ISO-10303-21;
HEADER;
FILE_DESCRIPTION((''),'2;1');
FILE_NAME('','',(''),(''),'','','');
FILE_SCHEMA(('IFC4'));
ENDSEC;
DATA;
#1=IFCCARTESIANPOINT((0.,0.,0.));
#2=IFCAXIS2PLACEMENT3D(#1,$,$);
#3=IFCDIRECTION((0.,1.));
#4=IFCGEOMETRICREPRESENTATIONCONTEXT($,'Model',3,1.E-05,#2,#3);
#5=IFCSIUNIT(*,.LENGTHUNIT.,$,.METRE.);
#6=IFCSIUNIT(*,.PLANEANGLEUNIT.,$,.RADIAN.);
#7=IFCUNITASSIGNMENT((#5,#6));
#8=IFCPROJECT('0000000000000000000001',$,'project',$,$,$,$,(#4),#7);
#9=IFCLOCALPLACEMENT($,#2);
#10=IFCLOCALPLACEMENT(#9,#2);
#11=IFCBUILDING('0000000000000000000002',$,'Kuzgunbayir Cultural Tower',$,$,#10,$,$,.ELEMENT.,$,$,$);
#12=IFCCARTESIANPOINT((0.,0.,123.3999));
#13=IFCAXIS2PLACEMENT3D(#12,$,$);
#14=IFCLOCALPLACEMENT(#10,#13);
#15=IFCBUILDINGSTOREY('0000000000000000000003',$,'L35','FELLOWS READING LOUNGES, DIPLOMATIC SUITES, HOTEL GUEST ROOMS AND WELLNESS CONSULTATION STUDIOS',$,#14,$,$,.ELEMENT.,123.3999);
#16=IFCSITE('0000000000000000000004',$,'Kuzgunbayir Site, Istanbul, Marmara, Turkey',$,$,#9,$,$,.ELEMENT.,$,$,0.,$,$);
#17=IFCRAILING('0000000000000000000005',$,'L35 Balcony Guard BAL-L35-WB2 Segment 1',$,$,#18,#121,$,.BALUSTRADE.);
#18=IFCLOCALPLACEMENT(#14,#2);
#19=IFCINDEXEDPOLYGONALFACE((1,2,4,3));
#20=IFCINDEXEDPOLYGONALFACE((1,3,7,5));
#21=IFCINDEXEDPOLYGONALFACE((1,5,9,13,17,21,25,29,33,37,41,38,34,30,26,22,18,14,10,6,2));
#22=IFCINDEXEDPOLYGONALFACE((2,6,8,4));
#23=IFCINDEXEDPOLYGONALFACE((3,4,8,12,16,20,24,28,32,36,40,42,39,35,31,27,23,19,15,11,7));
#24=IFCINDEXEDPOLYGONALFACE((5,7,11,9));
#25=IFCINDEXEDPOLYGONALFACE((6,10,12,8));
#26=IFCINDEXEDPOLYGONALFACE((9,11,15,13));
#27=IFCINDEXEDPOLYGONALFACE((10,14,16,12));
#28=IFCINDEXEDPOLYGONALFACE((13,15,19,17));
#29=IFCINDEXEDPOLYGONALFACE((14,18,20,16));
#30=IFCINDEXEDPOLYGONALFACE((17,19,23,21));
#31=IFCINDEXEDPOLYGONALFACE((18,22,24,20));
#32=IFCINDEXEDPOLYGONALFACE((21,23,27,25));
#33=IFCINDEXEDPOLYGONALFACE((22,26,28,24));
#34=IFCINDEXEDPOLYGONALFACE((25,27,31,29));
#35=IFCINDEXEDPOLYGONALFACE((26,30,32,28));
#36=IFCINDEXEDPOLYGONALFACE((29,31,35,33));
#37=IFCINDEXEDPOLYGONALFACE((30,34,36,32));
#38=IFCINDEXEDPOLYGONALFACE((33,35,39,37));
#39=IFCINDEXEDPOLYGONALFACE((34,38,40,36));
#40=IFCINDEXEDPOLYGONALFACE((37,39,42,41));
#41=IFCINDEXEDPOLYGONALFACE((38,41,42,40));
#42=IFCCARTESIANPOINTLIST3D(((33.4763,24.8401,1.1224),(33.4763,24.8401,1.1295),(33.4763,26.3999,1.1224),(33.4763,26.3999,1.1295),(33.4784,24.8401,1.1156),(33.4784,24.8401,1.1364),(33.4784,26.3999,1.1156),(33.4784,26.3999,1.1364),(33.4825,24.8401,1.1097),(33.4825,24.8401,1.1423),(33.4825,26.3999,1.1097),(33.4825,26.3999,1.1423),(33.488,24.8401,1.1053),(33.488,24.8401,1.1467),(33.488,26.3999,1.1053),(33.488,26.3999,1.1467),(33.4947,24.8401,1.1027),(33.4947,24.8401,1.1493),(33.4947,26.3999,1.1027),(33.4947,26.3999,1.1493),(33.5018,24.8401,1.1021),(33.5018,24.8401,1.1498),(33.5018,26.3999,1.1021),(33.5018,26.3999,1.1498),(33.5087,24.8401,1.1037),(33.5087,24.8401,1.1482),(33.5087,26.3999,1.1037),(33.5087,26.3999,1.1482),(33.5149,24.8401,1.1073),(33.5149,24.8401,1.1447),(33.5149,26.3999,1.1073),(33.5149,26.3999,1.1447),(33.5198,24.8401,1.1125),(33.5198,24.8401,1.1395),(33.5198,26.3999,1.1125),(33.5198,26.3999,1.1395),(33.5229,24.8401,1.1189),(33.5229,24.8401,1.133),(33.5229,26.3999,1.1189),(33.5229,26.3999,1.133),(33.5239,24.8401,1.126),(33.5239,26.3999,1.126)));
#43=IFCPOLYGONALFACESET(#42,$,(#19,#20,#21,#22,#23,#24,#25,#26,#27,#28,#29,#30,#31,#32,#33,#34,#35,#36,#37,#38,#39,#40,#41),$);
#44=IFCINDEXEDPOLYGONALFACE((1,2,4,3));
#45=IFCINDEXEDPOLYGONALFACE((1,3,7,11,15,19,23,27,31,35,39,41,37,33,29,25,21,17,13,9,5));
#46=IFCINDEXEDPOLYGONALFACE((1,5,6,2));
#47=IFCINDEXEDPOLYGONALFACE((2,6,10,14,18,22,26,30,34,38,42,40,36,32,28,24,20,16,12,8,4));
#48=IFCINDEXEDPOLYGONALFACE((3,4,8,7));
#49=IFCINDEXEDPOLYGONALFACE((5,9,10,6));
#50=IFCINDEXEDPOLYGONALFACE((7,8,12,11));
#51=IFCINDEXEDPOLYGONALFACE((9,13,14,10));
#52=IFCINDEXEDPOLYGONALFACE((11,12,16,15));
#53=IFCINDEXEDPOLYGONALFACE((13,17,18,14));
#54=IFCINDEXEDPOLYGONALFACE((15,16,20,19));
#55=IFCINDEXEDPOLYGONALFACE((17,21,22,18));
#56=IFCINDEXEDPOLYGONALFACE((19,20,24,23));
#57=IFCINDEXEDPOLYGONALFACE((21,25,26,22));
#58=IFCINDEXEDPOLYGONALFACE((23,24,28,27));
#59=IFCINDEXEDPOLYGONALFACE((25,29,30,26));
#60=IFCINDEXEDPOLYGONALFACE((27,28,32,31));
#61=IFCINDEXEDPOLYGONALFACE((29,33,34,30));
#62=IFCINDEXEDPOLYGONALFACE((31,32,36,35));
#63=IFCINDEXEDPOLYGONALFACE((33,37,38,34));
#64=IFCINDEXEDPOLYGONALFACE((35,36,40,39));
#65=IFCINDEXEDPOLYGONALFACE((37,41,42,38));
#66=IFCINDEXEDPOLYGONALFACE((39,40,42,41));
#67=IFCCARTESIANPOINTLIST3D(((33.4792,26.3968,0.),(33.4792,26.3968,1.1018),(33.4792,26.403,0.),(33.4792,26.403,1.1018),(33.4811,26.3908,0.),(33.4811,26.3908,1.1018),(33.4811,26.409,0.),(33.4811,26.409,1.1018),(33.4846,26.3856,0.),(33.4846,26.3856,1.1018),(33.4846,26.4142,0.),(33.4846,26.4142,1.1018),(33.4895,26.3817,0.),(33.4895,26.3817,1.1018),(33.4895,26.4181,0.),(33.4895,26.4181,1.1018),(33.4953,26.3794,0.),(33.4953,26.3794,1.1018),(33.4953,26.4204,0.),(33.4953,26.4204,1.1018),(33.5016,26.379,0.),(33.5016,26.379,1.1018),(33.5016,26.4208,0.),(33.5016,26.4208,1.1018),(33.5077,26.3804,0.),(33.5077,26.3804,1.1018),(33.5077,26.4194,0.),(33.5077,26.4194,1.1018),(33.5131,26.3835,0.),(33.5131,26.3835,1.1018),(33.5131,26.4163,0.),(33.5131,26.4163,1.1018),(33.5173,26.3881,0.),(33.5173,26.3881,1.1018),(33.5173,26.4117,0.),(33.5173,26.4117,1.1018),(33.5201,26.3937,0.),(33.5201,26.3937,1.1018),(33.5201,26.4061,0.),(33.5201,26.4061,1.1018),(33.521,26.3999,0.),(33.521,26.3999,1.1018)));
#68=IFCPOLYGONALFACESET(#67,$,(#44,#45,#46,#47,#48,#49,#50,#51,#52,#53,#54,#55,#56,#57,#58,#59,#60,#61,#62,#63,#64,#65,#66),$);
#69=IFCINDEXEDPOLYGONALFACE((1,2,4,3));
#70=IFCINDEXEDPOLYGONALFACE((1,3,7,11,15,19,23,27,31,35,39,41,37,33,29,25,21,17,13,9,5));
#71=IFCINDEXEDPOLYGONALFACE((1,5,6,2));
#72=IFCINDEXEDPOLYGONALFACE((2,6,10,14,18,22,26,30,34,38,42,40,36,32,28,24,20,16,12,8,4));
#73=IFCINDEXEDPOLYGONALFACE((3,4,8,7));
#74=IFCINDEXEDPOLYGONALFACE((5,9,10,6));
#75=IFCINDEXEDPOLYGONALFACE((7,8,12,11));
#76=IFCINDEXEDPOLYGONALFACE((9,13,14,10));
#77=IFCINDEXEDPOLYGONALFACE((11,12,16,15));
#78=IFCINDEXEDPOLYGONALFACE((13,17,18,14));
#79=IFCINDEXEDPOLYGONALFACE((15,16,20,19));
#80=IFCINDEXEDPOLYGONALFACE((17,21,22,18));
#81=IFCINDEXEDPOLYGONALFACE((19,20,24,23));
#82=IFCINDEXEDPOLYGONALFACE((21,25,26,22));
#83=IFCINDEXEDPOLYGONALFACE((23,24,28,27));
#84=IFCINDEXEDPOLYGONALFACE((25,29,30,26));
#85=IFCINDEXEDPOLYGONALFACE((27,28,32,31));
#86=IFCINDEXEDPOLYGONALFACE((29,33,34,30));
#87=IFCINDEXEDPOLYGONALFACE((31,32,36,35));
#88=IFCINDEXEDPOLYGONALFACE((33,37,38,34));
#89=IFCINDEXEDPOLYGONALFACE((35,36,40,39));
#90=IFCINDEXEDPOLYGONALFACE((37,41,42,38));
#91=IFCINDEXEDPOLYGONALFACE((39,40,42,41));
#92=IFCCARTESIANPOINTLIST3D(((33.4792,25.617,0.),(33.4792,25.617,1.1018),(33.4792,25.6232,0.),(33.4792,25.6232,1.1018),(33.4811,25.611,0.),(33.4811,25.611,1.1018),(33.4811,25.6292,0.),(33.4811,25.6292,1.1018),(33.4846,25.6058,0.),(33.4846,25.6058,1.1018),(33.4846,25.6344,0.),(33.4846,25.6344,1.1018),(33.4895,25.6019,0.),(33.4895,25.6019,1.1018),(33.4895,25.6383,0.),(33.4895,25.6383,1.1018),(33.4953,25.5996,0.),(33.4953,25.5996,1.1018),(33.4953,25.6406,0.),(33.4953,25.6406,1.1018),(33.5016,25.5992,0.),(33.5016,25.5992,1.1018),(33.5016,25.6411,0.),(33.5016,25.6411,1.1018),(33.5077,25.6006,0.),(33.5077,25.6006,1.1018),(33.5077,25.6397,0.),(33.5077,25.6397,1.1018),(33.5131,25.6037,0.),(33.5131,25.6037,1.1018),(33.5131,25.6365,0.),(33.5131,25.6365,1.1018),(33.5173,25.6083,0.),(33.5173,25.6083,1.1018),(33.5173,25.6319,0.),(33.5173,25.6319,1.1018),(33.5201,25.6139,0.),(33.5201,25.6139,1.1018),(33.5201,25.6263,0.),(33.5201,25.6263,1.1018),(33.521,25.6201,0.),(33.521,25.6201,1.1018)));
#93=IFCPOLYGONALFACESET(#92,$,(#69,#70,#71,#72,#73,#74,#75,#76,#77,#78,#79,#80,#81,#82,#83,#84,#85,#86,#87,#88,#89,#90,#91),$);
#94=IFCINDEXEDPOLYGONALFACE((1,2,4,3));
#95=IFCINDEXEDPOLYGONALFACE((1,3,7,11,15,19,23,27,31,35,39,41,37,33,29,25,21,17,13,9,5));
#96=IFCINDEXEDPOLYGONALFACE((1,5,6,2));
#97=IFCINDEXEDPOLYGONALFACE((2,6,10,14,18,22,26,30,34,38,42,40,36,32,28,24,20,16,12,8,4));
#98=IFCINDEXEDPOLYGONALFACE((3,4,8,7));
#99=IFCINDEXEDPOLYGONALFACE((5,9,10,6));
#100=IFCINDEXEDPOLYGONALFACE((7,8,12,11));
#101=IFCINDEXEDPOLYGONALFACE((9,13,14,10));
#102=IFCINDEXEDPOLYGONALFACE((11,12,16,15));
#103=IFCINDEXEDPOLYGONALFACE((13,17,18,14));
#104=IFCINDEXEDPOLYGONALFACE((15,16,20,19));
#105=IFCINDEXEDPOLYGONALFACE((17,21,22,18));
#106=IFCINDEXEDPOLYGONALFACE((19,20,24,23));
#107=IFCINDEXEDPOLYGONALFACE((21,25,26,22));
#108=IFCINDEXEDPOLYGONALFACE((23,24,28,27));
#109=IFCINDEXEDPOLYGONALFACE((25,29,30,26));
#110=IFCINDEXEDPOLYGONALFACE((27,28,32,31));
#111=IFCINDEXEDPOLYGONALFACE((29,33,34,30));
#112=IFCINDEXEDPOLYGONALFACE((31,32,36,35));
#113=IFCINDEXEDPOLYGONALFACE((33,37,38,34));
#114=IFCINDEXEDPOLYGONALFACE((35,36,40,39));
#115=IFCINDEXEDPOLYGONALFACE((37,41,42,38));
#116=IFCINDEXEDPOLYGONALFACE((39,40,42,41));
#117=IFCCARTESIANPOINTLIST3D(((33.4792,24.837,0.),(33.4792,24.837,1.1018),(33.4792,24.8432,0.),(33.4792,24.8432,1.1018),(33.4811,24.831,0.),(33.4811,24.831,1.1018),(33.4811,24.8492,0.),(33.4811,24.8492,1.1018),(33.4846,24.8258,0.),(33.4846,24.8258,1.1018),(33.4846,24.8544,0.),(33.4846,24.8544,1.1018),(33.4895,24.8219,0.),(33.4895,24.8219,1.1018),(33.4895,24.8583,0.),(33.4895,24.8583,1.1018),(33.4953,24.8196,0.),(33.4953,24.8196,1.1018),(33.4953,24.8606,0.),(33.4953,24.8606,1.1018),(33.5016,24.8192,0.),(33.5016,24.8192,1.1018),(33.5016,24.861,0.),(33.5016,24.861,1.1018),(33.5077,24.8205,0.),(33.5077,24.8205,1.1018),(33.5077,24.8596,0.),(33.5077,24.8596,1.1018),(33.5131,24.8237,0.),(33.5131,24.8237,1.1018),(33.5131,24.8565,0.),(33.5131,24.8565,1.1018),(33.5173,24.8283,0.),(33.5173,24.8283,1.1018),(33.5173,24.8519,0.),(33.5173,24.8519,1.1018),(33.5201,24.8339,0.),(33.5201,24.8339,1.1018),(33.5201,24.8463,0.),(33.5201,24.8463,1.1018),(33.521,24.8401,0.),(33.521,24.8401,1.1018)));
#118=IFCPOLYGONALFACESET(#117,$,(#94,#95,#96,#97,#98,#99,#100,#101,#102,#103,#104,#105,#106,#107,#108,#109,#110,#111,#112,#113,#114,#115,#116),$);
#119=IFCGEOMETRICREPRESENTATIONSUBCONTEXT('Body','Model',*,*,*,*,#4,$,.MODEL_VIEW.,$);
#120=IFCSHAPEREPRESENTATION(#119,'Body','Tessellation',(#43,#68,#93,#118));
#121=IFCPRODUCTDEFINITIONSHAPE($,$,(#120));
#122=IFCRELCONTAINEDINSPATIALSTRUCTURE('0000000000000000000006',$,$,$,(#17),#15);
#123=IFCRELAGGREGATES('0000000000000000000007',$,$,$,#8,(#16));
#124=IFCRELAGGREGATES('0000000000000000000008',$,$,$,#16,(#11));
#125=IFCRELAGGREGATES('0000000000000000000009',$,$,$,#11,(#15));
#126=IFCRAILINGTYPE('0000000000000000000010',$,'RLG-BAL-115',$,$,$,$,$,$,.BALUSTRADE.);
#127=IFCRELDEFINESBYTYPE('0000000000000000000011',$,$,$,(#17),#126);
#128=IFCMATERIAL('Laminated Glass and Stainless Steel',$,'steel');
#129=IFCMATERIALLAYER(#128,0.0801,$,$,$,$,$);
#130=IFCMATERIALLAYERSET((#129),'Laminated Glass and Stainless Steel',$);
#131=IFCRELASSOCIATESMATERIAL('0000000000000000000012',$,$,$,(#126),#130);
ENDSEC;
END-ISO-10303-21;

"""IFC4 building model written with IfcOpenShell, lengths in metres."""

from ifc_helpers import new_model, si_unit, direction, frame, origin, origin_2d, place, context, subcontext, project, spatial, circle, extrude, material, layer, layer_set, type_object, element, save


model = new_model("IFC4")

# Units and contexts
model_context = context("Model", 3, precision=1e-05, world=origin(), true_north=direction((0.0, 1.0)))
body_context = subcontext(model_context, "Body", "Model", "MODEL_VIEW")
ifc_project = project(units=[si_unit("LENGTHUNIT", "METRE"), si_unit("PLANEANGLEUNIT", "RADIAN")], contexts=[model_context])

# Site, building, storey
site_placement = place(None, origin())
site = spatial("IfcSite", under=ifc_project, at=site_placement, Name="Kuzgunbayir Site, Istanbul, Marmara, Turkey", CompositionType="ELEMENT", RefElevation=0.0)
building_placement = place(site_placement, origin())
building = spatial("IfcBuilding", under=site, at=building_placement, Name="Kuzgunbayir Cultural Tower", CompositionType="ELEMENT")
storey_placement = place(building_placement, frame((0.0, 0.0, 123.3999)))
storey = spatial("IfcBuildingStorey", under=building, at=storey_placement, Name="L35", Description="FELLOWS READING LOUNGES, DIPLOMATIC SUITES, HOTEL GUEST ROOMS AND WELLNESS CONSULTATION STUDIOS", CompositionType="ELEMENT", Elevation=123.3999)

# Railing
ifc_material_1 = material(Name="Laminated Glass and Stainless Steel", Category="steel")
ifc_layer_1 = layer(ifc_material_1, 0.0801)
ifc_layer_set_1 = layer_set([ifc_layer_1], Name="Laminated Glass and Stainless Steel")
railing_type = type_object("IfcRailingType", Name="RLG-BAL-115", PredefinedType="BALUSTRADE", material=ifc_layer_set_1)
railing_1_placement = place(storey_placement, frame((33.5, 26.3999, 0.0)))
element("IfcRailing", 1, at=railing_1_placement, inside=storey, type_object=railing_type, Name="L35 Balcony Guard BAL-L35-WB2 Segment 1", PredefinedType="BALUSTRADE", context=body_context, shape_type="SweptSolid", body=[
    extrude(circle(Radius=0.0239, at=origin_2d()), frame((0.0, 0.0, 1.126), z_axis=(0.0, -1.0, 0.0), x_axis=(1.0, 0.0, 0.0)), (0.0, 0.0, 1.0), 1.5598),
    extrude(circle(Radius=0.021, at=origin_2d()), origin(), (0.0, 0.0, 1.0), 1.1018),
    extrude(circle(Radius=0.021, at=origin_2d()), frame((0.0, -0.7798, 0.0)), (0.0, 0.0, 1.0), 1.1018),
    extrude(circle(Radius=0.021, at=origin_2d()), frame((0.0, -1.5598, 0.0)), (0.0, 0.0, 1.0), 1.1018),
])

save(model, "model.ifc")
